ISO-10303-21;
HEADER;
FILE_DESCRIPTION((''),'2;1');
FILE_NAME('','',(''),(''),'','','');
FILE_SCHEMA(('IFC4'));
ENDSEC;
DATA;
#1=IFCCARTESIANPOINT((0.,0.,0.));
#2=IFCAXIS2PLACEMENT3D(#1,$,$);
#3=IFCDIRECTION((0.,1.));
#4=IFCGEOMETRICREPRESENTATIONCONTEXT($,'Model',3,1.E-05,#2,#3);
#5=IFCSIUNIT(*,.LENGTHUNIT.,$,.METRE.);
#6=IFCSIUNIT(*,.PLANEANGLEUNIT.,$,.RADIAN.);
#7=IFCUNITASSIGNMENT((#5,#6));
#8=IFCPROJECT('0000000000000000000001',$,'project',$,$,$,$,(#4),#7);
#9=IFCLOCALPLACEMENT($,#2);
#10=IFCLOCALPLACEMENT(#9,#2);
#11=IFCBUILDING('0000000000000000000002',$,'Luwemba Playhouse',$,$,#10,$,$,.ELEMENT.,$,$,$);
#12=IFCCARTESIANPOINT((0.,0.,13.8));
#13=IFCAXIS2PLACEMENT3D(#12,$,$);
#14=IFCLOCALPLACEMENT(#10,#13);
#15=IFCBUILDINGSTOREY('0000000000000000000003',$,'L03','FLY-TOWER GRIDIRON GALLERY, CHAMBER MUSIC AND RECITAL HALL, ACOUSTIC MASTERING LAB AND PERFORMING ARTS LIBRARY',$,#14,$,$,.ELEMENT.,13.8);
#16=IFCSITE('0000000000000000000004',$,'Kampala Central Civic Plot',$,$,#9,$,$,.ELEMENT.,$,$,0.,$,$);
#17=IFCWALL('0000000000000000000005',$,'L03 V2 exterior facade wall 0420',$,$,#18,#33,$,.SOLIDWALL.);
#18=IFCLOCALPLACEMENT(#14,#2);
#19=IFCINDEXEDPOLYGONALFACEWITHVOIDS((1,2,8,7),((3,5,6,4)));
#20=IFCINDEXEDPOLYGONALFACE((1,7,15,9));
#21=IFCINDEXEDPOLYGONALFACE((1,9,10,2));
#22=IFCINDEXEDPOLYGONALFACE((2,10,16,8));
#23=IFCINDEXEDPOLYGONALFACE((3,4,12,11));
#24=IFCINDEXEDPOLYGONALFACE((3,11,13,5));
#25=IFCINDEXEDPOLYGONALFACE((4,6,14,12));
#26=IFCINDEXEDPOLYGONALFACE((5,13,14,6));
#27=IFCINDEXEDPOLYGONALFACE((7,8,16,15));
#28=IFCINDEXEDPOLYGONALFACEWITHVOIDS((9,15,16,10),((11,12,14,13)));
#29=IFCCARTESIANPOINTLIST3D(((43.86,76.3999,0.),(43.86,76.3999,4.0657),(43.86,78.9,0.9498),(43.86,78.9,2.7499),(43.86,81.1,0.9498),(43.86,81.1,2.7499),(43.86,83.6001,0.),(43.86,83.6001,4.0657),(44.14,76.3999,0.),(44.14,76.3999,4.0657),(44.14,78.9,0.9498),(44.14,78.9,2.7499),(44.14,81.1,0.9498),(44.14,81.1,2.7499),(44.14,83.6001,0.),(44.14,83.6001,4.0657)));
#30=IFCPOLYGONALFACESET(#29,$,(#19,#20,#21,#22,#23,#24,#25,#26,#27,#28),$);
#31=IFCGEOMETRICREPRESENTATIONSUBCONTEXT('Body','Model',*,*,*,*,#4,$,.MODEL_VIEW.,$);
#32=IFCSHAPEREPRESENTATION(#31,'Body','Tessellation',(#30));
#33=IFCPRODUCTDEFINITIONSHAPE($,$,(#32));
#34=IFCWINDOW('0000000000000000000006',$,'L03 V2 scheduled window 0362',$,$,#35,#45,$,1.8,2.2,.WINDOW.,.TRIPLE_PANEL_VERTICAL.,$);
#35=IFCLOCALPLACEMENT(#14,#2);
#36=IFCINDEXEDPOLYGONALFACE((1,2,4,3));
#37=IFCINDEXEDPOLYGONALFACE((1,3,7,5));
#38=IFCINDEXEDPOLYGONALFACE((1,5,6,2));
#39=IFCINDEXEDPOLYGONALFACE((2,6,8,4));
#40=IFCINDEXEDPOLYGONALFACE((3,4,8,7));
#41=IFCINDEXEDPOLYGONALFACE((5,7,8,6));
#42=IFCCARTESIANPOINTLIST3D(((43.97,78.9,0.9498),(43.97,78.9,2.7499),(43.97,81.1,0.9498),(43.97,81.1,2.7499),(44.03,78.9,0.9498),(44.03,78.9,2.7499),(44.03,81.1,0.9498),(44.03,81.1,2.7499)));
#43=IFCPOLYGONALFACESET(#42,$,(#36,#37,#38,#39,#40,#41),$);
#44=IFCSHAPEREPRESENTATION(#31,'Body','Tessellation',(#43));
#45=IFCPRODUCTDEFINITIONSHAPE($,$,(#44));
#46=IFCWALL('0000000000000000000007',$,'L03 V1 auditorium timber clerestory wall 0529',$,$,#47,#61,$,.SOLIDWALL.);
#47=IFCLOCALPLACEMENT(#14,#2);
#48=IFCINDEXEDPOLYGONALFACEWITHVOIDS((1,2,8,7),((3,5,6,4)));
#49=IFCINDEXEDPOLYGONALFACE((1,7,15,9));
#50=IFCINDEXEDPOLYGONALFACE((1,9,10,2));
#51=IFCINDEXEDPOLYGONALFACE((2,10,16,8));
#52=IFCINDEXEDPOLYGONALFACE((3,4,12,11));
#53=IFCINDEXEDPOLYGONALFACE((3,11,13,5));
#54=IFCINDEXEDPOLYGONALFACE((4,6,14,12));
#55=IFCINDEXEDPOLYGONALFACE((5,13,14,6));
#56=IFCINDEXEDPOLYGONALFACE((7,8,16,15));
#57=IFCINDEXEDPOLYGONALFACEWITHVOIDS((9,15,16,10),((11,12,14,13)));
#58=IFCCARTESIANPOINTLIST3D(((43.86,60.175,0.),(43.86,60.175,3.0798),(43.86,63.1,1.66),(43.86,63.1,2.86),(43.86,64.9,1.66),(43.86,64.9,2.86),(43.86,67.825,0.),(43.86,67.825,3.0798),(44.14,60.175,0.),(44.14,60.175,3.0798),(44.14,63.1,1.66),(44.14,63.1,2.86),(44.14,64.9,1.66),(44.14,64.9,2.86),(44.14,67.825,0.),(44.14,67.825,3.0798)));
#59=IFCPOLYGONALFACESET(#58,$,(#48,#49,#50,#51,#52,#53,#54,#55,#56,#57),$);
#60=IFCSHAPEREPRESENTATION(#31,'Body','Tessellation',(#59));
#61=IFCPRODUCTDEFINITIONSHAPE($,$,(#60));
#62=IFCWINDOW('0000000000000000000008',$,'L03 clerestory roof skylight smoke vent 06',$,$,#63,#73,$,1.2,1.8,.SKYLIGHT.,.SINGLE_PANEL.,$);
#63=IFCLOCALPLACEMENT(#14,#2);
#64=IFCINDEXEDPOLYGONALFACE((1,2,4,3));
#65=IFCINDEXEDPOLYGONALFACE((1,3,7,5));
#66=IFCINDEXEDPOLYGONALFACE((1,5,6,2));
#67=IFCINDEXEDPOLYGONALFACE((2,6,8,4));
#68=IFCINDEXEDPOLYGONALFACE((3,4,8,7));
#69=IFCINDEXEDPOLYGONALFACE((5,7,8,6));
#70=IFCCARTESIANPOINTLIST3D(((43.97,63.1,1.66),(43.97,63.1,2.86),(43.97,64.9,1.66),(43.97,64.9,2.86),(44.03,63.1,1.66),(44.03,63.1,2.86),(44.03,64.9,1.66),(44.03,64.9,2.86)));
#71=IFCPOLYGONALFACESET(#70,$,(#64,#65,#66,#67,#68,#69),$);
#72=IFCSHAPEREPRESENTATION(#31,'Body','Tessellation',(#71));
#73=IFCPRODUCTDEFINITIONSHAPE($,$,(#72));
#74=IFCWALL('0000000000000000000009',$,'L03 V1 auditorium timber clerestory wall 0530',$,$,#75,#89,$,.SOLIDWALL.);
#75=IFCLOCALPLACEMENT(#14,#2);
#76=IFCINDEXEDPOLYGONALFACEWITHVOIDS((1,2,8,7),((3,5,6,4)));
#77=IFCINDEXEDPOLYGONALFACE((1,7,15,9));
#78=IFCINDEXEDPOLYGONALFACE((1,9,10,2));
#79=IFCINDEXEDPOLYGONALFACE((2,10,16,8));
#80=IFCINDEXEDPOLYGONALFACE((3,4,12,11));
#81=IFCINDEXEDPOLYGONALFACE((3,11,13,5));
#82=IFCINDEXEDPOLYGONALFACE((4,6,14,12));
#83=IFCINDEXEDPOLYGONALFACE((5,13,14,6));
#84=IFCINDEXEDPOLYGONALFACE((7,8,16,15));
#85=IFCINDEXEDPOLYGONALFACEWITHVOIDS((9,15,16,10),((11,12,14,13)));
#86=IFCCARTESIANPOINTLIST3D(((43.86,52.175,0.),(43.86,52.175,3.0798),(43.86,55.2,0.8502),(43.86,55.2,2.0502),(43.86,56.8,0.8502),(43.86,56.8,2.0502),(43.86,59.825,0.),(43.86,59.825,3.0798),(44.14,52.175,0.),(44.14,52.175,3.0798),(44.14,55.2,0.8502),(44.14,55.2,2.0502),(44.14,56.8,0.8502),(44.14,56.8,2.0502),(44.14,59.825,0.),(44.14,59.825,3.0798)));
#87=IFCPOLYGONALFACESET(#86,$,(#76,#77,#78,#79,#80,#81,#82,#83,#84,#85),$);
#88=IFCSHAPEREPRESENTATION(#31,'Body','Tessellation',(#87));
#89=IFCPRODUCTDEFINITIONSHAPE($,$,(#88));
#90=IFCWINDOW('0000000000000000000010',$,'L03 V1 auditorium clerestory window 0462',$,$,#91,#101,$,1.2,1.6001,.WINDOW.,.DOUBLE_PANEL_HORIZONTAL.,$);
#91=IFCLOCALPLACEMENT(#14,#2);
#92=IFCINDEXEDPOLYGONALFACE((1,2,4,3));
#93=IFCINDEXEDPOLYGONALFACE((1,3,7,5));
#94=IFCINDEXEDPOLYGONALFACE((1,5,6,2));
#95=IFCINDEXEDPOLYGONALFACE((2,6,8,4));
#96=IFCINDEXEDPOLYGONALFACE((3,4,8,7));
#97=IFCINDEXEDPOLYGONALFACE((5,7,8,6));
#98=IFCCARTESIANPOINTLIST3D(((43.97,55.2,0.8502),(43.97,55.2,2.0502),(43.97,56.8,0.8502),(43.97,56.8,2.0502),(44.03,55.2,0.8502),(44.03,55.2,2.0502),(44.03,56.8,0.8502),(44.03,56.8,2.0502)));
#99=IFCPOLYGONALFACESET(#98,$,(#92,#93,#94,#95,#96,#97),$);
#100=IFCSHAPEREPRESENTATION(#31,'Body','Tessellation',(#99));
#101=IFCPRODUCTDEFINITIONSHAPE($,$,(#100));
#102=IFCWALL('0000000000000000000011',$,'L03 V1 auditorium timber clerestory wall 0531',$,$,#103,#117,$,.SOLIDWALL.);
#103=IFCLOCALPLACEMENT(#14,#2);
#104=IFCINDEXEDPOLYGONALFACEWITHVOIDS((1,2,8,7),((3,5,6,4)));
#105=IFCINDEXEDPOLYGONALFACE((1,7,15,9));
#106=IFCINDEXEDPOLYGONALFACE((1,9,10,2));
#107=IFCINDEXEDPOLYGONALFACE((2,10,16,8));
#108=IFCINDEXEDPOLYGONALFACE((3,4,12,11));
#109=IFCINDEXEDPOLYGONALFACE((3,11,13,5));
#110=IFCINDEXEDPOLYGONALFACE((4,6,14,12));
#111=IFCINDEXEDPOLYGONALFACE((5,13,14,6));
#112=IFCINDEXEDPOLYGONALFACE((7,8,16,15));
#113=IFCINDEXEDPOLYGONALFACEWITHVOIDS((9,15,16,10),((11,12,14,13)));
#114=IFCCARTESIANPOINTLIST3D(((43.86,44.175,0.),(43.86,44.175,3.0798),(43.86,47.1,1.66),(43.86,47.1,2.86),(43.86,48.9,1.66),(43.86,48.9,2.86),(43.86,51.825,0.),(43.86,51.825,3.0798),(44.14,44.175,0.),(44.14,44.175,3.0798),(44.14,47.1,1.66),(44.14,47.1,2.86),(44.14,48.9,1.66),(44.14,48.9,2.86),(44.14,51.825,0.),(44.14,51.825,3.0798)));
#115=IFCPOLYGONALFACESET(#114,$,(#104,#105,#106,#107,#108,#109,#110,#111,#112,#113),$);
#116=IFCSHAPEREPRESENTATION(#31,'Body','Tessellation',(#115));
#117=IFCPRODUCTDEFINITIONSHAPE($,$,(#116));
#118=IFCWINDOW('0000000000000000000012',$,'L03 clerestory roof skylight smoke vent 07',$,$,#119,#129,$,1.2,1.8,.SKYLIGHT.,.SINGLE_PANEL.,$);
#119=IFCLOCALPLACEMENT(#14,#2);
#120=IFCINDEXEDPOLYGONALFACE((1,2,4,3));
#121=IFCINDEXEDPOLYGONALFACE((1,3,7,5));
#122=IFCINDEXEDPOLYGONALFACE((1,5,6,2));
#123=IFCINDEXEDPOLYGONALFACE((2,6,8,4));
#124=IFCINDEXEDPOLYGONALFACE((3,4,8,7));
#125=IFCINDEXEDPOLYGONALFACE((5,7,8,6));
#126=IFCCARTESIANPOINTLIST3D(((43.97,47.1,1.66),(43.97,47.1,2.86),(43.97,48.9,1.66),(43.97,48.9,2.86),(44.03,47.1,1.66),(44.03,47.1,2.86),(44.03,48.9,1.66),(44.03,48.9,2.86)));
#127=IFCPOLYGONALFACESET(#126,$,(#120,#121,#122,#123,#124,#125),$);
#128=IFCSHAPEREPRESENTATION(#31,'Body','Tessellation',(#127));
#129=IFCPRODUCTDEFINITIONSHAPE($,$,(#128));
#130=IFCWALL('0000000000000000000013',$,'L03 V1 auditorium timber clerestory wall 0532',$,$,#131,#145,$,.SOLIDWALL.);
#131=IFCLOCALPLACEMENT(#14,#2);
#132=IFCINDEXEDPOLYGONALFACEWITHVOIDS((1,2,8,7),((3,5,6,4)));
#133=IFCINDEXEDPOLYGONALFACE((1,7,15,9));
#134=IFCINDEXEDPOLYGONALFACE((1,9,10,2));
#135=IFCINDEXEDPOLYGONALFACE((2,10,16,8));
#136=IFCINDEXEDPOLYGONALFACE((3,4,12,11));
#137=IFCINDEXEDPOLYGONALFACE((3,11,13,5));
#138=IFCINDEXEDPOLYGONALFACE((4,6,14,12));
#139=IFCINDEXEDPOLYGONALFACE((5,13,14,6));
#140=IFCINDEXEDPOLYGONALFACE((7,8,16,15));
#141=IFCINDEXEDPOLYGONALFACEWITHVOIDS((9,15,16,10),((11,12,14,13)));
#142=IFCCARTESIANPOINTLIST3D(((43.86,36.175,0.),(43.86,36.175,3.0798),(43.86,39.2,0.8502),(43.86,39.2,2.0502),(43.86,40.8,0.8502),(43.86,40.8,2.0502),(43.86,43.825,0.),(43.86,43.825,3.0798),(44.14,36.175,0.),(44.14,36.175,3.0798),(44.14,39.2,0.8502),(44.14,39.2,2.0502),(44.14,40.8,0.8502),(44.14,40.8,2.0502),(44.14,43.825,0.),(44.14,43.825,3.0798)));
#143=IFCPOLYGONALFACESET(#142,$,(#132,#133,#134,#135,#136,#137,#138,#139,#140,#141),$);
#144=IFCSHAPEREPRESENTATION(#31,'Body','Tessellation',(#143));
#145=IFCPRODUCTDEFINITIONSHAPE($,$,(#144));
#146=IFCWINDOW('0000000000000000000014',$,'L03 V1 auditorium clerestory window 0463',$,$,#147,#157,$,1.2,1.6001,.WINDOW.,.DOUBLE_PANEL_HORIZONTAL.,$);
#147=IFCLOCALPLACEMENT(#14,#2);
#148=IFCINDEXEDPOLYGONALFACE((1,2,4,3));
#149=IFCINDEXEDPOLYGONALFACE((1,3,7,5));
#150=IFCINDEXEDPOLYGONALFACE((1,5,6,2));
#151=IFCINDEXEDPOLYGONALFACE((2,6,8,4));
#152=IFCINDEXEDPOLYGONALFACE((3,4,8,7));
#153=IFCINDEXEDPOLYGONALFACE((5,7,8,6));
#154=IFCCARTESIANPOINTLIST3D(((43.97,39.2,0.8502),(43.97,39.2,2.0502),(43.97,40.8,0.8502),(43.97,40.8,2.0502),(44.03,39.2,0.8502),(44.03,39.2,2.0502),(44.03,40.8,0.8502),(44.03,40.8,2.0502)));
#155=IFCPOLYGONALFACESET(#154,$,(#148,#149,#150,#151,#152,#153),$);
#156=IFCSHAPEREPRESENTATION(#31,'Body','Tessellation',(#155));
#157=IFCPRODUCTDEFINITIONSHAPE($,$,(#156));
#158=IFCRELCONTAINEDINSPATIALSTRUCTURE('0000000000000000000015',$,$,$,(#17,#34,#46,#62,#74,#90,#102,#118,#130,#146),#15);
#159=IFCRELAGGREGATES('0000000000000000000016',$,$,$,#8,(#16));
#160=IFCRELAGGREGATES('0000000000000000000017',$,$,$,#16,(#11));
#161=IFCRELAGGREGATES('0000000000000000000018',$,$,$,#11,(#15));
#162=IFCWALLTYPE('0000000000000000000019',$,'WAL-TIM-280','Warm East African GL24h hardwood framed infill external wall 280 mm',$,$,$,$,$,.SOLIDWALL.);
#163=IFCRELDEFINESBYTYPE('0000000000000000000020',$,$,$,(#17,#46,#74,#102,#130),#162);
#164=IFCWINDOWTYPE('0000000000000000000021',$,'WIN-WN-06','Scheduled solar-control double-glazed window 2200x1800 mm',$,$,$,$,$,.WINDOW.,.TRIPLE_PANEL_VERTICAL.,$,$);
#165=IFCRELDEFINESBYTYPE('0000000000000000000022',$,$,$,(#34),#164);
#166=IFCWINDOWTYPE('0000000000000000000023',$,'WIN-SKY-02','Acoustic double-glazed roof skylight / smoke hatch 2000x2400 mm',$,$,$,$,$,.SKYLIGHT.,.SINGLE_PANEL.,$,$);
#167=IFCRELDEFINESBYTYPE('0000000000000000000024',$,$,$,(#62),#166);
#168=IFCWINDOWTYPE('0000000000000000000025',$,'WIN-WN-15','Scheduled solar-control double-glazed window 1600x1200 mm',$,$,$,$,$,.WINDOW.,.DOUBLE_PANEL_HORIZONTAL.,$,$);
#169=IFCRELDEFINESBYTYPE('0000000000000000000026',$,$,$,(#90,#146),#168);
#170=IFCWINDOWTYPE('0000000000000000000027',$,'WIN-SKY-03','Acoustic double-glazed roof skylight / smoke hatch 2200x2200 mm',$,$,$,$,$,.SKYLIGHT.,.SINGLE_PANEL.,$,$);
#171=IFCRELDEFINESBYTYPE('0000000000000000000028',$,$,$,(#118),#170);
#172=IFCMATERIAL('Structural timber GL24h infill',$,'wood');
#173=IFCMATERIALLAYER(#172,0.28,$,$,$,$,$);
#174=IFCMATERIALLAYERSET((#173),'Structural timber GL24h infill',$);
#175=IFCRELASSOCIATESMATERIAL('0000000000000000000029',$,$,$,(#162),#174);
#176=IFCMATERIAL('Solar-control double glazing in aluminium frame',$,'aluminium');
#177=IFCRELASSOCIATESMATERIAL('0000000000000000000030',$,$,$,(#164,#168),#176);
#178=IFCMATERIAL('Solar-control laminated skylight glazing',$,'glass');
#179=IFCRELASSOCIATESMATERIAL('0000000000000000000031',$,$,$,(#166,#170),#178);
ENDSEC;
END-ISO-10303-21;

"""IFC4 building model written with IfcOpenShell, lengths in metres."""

from ifc_helpers import new_model, si_unit, direction, frame, frame_2d, origin, place, context, subcontext, project, spatial, rectangle, extrude, material, layer, layer_set, type_object, element, fill, save


model = new_model("IFC4")

# Units and contexts
model_context = context("Model", 3, precision=1e-05, world=origin(), true_north=direction((0.0, 1.0)))
body_context = subcontext(model_context, "Body", "Model", "MODEL_VIEW")
ifc_project = project(units=[si_unit("LENGTHUNIT", "METRE"), si_unit("PLANEANGLEUNIT", "RADIAN")], contexts=[model_context])

# Site, building, storey
site_placement = place(None, origin())
site = spatial("IfcSite", under=ifc_project, at=site_placement, Name="Kampala Central Civic Plot", CompositionType="ELEMENT", RefElevation=0.0)
building_placement = place(site_placement, origin())
building = spatial("IfcBuilding", under=site, at=building_placement, Name="Luwemba Playhouse", CompositionType="ELEMENT")
storey_placement = place(building_placement, frame((0.0, 0.0, 13.8)))
storey = spatial("IfcBuildingStorey", under=building, at=storey_placement, Name="L03", Description="FLY-TOWER GRIDIRON GALLERY, CHAMBER MUSIC AND RECITAL HALL, ACOUSTIC MASTERING LAB AND PERFORMING ARTS LIBRARY", CompositionType="ELEMENT", Elevation=13.8)

# Walls, openings, windows
ifc_material_1 = material(Name="Solar-control double glazing in aluminium frame", Category="aluminium")
ifc_material_2 = material(Name="Structural timber GL24h infill", Category="wood")
ifc_layer_1 = layer(ifc_material_2, 0.28)
ifc_layer_set_1 = layer_set([ifc_layer_1], Name="Structural timber GL24h infill")
wall_type_1 = type_object("IfcWallType", Name="WAL-TIM-280", Description="Warm East African GL24h hardwood framed infill external wall 280 mm", PredefinedType="SOLIDWALL", material=ifc_layer_set_1)
wall_1_placement = place(storey_placement, frame((44.0, 83.6001, 0.0), z_axis=(0.0, 0.0, 1.0), x_axis=(0.0, -1.0, 0.0)))
wall_1 = element("IfcWall", 1, at=wall_1_placement, inside=storey, type_object=wall_type_1, Name="L03 V2 exterior facade wall 0420", PredefinedType="SOLIDWALL", context=body_context, shape_type="SweptSolid", body=[
    extrude(rectangle(XDim=7.2002, YDim=0.28, at=frame_2d((3.6001, 0.0))), origin(), (0.0, 0.0, 1.0), 4.0657),
])
opening_1_placement = place(wall_1_placement, frame((2.5, 0.0, 0.95)))
opening_1 = element("IfcOpeningElement", 2, at=opening_1_placement, cuts=wall_1, PredefinedType="OPENING", context=body_context, shape_type="SweptSolid", body=[
    extrude(rectangle(XDim=2.2, YDim=1.8, at=frame_2d((1.1001, 0.8999))), frame((0.0, 0.1499, 0.0), z_axis=(0.0, -1.0, 0.0), x_axis=(1.0, 0.0, 0.0)), (0.0, 0.0, 1.0), 0.3),
])
window_type_1 = type_object("IfcWindowType", Name="WIN-WN-06", Description="Scheduled solar-control double-glazed window 2200x1800 mm", PartitioningType="TRIPLE_PANEL_VERTICAL", PredefinedType="WINDOW", material=ifc_material_1)
window_1_placement = place(opening_1_placement, origin())
window_1 = element("IfcWindow", 3, at=window_1_placement, inside=storey, type_object=window_type_1, Name="L03 V2 scheduled window 0362", OverallHeight=1.8, OverallWidth=2.2, PartitioningType="TRIPLE_PANEL_VERTICAL", PredefinedType="WINDOW", context=body_context, shape_type="SweptSolid", body=[
    extrude(rectangle(XDim=2.2, YDim=1.8, at=frame_2d((1.1001, 0.8999))), frame((0.0, 0.03, 0.0), z_axis=(0.0, -1.0, 0.0), x_axis=(1.0, 0.0, 0.0)), (0.0, 0.0, 1.0), 0.0601),
])
fill(opening_1, window_1)
wall_2_placement = place(storey_placement, frame((44.0, 67.825, 0.0), z_axis=(0.0, 0.0, 1.0), x_axis=(0.0, -1.0, 0.0)))
wall_2 = element("IfcWall", 4, at=wall_2_placement, inside=storey, type_object=wall_type_1, Name="L03 V1 auditorium timber clerestory wall 0529", PredefinedType="SOLIDWALL", context=body_context, shape_type="SweptSolid", body=[
    extrude(rectangle(XDim=7.6499, YDim=0.28, at=frame_2d((3.825, 0.0))), origin(), (0.0, 0.0, 1.0), 3.0798),
])
opening_2_placement = place(wall_2_placement, frame((2.925, 0.0, 1.6599)))
opening_2 = element("IfcOpeningElement", 5, at=opening_2_placement, cuts=wall_2, PredefinedType="OPENING", context=body_context, shape_type="SweptSolid", body=[
    extrude(rectangle(XDim=1.8, YDim=1.2, at=frame_2d((0.8999, 0.6001))), frame((0.0, 0.1499, 0.0), z_axis=(0.0, -1.0, 0.0), x_axis=(1.0, 0.0, 0.0)), (0.0, 0.0, 1.0), 0.3),
])
ifc_material_3 = material(Name="Solar-control laminated skylight glazing", Category="glass")
window_type_2 = type_object("IfcWindowType", Name="WIN-SKY-02", Description="Acoustic double-glazed roof skylight / smoke hatch 2000x2400 mm", PartitioningType="SINGLE_PANEL", PredefinedType="SKYLIGHT", material=ifc_material_3)
window_2_placement = place(opening_2_placement, origin())
window_2 = element("IfcWindow", 6, at=window_2_placement, inside=storey, type_object=window_type_2, Name="L03 clerestory roof skylight smoke vent 06", OverallHeight=1.2, OverallWidth=1.8, PartitioningType="SINGLE_PANEL", PredefinedType="SKYLIGHT", context=body_context, shape_type="SweptSolid", body=[
    extrude(rectangle(XDim=1.8, YDim=1.2, at=frame_2d((0.8999, 0.6001))), frame((0.0, 0.03, 0.0), z_axis=(0.0, -1.0, 0.0), x_axis=(1.0, 0.0, 0.0)), (0.0, 0.0, 1.0), 0.0601),
])
fill(opening_2, window_2)
wall_3_placement = place(storey_placement, frame((44.0, 59.825, 0.0), z_axis=(0.0, 0.0, 1.0), x_axis=(0.0, -1.0, 0.0)))
wall_3 = element("IfcWall", 7, at=wall_3_placement, inside=storey, type_object=wall_type_1, Name="L03 V1 auditorium timber clerestory wall 0530", PredefinedType="SOLIDWALL", context=body_context, shape_type="SweptSolid", body=[
    extrude(rectangle(XDim=7.6499, YDim=0.28, at=frame_2d((3.825, 0.0))), origin(), (0.0, 0.0, 1.0), 3.0798),
])
opening_3_placement = place(wall_3_placement, frame((3.0249, 0.0, 0.8501)))
opening_3 = element("IfcOpeningElement", 8, at=opening_3_placement, cuts=wall_3, PredefinedType="OPENING", context=body_context, shape_type="SweptSolid", body=[
    extrude(rectangle(XDim=1.6001, YDim=1.2, at=frame_2d((0.8, 0.6001))), frame((0.0, 0.1499, 0.0), z_axis=(0.0, -1.0, 0.0), x_axis=(1.0, 0.0, 0.0)), (0.0, 0.0, 1.0), 0.3),
])
window_type_3 = type_object("IfcWindowType", Name="WIN-WN-15", Description="Scheduled solar-control double-glazed window 1600x1200 mm", PartitioningType="DOUBLE_PANEL_HORIZONTAL", PredefinedType="WINDOW", material=ifc_material_1)
window_3_placement = place(opening_3_placement, origin())
window_3 = element("IfcWindow", 9, at=window_3_placement, inside=storey, type_object=window_type_3, Name="L03 V1 auditorium clerestory window 0462", OverallHeight=1.2, OverallWidth=1.6001, PartitioningType="DOUBLE_PANEL_HORIZONTAL", PredefinedType="WINDOW", context=body_context, shape_type="SweptSolid", body=[
    extrude(rectangle(XDim=1.6001, YDim=1.2, at=frame_2d((0.8, 0.6001))), frame((0.0, 0.03, 0.0), z_axis=(0.0, -1.0, 0.0), x_axis=(1.0, 0.0, 0.0)), (0.0, 0.0, 1.0), 0.0601),
])
fill(opening_3, window_3)
wall_4_placement = place(storey_placement, frame((44.0, 51.825, 0.0), z_axis=(0.0, 0.0, 1.0), x_axis=(0.0, -1.0, 0.0)))
wall_4 = element("IfcWall", 10, at=wall_4_placement, inside=storey, type_object=wall_type_1, Name="L03 V1 auditorium timber clerestory wall 0531", PredefinedType="SOLIDWALL", context=body_context, shape_type="SweptSolid", body=[
    extrude(rectangle(XDim=7.6499, YDim=0.28, at=frame_2d((3.825, 0.0))), origin(), (0.0, 0.0, 1.0), 3.0798),
])
opening_4_placement = place(wall_4_placement, frame((2.925, 0.0, 1.6599)))
opening_4 = element("IfcOpeningElement", 11, at=opening_4_placement, cuts=wall_4, PredefinedType="OPENING", context=body_context, shape_type="SweptSolid", body=[
    extrude(rectangle(XDim=1.8, YDim=1.2, at=frame_2d((0.8999, 0.6001))), frame((0.0, 0.1499, 0.0), z_axis=(0.0, -1.0, 0.0), x_axis=(1.0, 0.0, 0.0)), (0.0, 0.0, 1.0), 0.3),
])
window_type_4 = type_object("IfcWindowType", Name="WIN-SKY-03", Description="Acoustic double-glazed roof skylight / smoke hatch 2200x2200 mm", PartitioningType="SINGLE_PANEL", PredefinedType="SKYLIGHT", material=ifc_material_3)
window_4_placement = place(opening_4_placement, origin())
window_4 = element("IfcWindow", 12, at=window_4_placement, inside=storey, type_object=window_type_4, Name="L03 clerestory roof skylight smoke vent 07", OverallHeight=1.2, OverallWidth=1.8, PartitioningType="SINGLE_PANEL", PredefinedType="SKYLIGHT", context=body_context, shape_type="SweptSolid", body=[
    extrude(rectangle(XDim=1.8, YDim=1.2, at=frame_2d((0.8999, 0.6001))), frame((0.0, 0.03, 0.0), z_axis=(0.0, -1.0, 0.0), x_axis=(1.0, 0.0, 0.0)), (0.0, 0.0, 1.0), 0.0601),
])
fill(opening_4, window_4)
wall_5_placement = place(storey_placement, frame((44.0, 43.825, 0.0), z_axis=(0.0, 0.0, 1.0), x_axis=(0.0, -1.0, 0.0)))
wall_5 = element("IfcWall", 13, at=wall_5_placement, inside=storey, type_object=wall_type_1, Name="L03 V1 auditorium timber clerestory wall 0532", PredefinedType="SOLIDWALL", context=body_context, shape_type="SweptSolid", body=[
    extrude(rectangle(XDim=7.6499, YDim=0.28, at=frame_2d((3.825, 0.0))), origin(), (0.0, 0.0, 1.0), 3.0798),
])
opening_5_placement = place(wall_5_placement, frame((3.0249, 0.0, 0.8501)))
opening_5 = element("IfcOpeningElement", 14, at=opening_5_placement, cuts=wall_5, PredefinedType="OPENING", context=body_context, shape_type="SweptSolid", body=[
    extrude(rectangle(XDim=1.6001, YDim=1.2, at=frame_2d((0.8, 0.6001))), frame((0.0, 0.1499, 0.0), z_axis=(0.0, -1.0, 0.0), x_axis=(1.0, 0.0, 0.0)), (0.0, 0.0, 1.0), 0.3),
])
window_5_placement = place(opening_5_placement, origin())
window_5 = element("IfcWindow", 15, at=window_5_placement, inside=storey, type_object=window_type_3, Name="L03 V1 auditorium clerestory window 0463", OverallHeight=1.2, OverallWidth=1.6001, PartitioningType="DOUBLE_PANEL_HORIZONTAL", PredefinedType="WINDOW", context=body_context, shape_type="SweptSolid", body=[
    extrude(rectangle(XDim=1.6001, YDim=1.2, at=frame_2d((0.8, 0.6001))), frame((0.0, 0.03, 0.0), z_axis=(0.0, -1.0, 0.0), x_axis=(1.0, 0.0, 0.0)), (0.0, 0.0, 1.0), 0.0601),
])
fill(opening_5, window_5)

save(model, "model.ifc")
